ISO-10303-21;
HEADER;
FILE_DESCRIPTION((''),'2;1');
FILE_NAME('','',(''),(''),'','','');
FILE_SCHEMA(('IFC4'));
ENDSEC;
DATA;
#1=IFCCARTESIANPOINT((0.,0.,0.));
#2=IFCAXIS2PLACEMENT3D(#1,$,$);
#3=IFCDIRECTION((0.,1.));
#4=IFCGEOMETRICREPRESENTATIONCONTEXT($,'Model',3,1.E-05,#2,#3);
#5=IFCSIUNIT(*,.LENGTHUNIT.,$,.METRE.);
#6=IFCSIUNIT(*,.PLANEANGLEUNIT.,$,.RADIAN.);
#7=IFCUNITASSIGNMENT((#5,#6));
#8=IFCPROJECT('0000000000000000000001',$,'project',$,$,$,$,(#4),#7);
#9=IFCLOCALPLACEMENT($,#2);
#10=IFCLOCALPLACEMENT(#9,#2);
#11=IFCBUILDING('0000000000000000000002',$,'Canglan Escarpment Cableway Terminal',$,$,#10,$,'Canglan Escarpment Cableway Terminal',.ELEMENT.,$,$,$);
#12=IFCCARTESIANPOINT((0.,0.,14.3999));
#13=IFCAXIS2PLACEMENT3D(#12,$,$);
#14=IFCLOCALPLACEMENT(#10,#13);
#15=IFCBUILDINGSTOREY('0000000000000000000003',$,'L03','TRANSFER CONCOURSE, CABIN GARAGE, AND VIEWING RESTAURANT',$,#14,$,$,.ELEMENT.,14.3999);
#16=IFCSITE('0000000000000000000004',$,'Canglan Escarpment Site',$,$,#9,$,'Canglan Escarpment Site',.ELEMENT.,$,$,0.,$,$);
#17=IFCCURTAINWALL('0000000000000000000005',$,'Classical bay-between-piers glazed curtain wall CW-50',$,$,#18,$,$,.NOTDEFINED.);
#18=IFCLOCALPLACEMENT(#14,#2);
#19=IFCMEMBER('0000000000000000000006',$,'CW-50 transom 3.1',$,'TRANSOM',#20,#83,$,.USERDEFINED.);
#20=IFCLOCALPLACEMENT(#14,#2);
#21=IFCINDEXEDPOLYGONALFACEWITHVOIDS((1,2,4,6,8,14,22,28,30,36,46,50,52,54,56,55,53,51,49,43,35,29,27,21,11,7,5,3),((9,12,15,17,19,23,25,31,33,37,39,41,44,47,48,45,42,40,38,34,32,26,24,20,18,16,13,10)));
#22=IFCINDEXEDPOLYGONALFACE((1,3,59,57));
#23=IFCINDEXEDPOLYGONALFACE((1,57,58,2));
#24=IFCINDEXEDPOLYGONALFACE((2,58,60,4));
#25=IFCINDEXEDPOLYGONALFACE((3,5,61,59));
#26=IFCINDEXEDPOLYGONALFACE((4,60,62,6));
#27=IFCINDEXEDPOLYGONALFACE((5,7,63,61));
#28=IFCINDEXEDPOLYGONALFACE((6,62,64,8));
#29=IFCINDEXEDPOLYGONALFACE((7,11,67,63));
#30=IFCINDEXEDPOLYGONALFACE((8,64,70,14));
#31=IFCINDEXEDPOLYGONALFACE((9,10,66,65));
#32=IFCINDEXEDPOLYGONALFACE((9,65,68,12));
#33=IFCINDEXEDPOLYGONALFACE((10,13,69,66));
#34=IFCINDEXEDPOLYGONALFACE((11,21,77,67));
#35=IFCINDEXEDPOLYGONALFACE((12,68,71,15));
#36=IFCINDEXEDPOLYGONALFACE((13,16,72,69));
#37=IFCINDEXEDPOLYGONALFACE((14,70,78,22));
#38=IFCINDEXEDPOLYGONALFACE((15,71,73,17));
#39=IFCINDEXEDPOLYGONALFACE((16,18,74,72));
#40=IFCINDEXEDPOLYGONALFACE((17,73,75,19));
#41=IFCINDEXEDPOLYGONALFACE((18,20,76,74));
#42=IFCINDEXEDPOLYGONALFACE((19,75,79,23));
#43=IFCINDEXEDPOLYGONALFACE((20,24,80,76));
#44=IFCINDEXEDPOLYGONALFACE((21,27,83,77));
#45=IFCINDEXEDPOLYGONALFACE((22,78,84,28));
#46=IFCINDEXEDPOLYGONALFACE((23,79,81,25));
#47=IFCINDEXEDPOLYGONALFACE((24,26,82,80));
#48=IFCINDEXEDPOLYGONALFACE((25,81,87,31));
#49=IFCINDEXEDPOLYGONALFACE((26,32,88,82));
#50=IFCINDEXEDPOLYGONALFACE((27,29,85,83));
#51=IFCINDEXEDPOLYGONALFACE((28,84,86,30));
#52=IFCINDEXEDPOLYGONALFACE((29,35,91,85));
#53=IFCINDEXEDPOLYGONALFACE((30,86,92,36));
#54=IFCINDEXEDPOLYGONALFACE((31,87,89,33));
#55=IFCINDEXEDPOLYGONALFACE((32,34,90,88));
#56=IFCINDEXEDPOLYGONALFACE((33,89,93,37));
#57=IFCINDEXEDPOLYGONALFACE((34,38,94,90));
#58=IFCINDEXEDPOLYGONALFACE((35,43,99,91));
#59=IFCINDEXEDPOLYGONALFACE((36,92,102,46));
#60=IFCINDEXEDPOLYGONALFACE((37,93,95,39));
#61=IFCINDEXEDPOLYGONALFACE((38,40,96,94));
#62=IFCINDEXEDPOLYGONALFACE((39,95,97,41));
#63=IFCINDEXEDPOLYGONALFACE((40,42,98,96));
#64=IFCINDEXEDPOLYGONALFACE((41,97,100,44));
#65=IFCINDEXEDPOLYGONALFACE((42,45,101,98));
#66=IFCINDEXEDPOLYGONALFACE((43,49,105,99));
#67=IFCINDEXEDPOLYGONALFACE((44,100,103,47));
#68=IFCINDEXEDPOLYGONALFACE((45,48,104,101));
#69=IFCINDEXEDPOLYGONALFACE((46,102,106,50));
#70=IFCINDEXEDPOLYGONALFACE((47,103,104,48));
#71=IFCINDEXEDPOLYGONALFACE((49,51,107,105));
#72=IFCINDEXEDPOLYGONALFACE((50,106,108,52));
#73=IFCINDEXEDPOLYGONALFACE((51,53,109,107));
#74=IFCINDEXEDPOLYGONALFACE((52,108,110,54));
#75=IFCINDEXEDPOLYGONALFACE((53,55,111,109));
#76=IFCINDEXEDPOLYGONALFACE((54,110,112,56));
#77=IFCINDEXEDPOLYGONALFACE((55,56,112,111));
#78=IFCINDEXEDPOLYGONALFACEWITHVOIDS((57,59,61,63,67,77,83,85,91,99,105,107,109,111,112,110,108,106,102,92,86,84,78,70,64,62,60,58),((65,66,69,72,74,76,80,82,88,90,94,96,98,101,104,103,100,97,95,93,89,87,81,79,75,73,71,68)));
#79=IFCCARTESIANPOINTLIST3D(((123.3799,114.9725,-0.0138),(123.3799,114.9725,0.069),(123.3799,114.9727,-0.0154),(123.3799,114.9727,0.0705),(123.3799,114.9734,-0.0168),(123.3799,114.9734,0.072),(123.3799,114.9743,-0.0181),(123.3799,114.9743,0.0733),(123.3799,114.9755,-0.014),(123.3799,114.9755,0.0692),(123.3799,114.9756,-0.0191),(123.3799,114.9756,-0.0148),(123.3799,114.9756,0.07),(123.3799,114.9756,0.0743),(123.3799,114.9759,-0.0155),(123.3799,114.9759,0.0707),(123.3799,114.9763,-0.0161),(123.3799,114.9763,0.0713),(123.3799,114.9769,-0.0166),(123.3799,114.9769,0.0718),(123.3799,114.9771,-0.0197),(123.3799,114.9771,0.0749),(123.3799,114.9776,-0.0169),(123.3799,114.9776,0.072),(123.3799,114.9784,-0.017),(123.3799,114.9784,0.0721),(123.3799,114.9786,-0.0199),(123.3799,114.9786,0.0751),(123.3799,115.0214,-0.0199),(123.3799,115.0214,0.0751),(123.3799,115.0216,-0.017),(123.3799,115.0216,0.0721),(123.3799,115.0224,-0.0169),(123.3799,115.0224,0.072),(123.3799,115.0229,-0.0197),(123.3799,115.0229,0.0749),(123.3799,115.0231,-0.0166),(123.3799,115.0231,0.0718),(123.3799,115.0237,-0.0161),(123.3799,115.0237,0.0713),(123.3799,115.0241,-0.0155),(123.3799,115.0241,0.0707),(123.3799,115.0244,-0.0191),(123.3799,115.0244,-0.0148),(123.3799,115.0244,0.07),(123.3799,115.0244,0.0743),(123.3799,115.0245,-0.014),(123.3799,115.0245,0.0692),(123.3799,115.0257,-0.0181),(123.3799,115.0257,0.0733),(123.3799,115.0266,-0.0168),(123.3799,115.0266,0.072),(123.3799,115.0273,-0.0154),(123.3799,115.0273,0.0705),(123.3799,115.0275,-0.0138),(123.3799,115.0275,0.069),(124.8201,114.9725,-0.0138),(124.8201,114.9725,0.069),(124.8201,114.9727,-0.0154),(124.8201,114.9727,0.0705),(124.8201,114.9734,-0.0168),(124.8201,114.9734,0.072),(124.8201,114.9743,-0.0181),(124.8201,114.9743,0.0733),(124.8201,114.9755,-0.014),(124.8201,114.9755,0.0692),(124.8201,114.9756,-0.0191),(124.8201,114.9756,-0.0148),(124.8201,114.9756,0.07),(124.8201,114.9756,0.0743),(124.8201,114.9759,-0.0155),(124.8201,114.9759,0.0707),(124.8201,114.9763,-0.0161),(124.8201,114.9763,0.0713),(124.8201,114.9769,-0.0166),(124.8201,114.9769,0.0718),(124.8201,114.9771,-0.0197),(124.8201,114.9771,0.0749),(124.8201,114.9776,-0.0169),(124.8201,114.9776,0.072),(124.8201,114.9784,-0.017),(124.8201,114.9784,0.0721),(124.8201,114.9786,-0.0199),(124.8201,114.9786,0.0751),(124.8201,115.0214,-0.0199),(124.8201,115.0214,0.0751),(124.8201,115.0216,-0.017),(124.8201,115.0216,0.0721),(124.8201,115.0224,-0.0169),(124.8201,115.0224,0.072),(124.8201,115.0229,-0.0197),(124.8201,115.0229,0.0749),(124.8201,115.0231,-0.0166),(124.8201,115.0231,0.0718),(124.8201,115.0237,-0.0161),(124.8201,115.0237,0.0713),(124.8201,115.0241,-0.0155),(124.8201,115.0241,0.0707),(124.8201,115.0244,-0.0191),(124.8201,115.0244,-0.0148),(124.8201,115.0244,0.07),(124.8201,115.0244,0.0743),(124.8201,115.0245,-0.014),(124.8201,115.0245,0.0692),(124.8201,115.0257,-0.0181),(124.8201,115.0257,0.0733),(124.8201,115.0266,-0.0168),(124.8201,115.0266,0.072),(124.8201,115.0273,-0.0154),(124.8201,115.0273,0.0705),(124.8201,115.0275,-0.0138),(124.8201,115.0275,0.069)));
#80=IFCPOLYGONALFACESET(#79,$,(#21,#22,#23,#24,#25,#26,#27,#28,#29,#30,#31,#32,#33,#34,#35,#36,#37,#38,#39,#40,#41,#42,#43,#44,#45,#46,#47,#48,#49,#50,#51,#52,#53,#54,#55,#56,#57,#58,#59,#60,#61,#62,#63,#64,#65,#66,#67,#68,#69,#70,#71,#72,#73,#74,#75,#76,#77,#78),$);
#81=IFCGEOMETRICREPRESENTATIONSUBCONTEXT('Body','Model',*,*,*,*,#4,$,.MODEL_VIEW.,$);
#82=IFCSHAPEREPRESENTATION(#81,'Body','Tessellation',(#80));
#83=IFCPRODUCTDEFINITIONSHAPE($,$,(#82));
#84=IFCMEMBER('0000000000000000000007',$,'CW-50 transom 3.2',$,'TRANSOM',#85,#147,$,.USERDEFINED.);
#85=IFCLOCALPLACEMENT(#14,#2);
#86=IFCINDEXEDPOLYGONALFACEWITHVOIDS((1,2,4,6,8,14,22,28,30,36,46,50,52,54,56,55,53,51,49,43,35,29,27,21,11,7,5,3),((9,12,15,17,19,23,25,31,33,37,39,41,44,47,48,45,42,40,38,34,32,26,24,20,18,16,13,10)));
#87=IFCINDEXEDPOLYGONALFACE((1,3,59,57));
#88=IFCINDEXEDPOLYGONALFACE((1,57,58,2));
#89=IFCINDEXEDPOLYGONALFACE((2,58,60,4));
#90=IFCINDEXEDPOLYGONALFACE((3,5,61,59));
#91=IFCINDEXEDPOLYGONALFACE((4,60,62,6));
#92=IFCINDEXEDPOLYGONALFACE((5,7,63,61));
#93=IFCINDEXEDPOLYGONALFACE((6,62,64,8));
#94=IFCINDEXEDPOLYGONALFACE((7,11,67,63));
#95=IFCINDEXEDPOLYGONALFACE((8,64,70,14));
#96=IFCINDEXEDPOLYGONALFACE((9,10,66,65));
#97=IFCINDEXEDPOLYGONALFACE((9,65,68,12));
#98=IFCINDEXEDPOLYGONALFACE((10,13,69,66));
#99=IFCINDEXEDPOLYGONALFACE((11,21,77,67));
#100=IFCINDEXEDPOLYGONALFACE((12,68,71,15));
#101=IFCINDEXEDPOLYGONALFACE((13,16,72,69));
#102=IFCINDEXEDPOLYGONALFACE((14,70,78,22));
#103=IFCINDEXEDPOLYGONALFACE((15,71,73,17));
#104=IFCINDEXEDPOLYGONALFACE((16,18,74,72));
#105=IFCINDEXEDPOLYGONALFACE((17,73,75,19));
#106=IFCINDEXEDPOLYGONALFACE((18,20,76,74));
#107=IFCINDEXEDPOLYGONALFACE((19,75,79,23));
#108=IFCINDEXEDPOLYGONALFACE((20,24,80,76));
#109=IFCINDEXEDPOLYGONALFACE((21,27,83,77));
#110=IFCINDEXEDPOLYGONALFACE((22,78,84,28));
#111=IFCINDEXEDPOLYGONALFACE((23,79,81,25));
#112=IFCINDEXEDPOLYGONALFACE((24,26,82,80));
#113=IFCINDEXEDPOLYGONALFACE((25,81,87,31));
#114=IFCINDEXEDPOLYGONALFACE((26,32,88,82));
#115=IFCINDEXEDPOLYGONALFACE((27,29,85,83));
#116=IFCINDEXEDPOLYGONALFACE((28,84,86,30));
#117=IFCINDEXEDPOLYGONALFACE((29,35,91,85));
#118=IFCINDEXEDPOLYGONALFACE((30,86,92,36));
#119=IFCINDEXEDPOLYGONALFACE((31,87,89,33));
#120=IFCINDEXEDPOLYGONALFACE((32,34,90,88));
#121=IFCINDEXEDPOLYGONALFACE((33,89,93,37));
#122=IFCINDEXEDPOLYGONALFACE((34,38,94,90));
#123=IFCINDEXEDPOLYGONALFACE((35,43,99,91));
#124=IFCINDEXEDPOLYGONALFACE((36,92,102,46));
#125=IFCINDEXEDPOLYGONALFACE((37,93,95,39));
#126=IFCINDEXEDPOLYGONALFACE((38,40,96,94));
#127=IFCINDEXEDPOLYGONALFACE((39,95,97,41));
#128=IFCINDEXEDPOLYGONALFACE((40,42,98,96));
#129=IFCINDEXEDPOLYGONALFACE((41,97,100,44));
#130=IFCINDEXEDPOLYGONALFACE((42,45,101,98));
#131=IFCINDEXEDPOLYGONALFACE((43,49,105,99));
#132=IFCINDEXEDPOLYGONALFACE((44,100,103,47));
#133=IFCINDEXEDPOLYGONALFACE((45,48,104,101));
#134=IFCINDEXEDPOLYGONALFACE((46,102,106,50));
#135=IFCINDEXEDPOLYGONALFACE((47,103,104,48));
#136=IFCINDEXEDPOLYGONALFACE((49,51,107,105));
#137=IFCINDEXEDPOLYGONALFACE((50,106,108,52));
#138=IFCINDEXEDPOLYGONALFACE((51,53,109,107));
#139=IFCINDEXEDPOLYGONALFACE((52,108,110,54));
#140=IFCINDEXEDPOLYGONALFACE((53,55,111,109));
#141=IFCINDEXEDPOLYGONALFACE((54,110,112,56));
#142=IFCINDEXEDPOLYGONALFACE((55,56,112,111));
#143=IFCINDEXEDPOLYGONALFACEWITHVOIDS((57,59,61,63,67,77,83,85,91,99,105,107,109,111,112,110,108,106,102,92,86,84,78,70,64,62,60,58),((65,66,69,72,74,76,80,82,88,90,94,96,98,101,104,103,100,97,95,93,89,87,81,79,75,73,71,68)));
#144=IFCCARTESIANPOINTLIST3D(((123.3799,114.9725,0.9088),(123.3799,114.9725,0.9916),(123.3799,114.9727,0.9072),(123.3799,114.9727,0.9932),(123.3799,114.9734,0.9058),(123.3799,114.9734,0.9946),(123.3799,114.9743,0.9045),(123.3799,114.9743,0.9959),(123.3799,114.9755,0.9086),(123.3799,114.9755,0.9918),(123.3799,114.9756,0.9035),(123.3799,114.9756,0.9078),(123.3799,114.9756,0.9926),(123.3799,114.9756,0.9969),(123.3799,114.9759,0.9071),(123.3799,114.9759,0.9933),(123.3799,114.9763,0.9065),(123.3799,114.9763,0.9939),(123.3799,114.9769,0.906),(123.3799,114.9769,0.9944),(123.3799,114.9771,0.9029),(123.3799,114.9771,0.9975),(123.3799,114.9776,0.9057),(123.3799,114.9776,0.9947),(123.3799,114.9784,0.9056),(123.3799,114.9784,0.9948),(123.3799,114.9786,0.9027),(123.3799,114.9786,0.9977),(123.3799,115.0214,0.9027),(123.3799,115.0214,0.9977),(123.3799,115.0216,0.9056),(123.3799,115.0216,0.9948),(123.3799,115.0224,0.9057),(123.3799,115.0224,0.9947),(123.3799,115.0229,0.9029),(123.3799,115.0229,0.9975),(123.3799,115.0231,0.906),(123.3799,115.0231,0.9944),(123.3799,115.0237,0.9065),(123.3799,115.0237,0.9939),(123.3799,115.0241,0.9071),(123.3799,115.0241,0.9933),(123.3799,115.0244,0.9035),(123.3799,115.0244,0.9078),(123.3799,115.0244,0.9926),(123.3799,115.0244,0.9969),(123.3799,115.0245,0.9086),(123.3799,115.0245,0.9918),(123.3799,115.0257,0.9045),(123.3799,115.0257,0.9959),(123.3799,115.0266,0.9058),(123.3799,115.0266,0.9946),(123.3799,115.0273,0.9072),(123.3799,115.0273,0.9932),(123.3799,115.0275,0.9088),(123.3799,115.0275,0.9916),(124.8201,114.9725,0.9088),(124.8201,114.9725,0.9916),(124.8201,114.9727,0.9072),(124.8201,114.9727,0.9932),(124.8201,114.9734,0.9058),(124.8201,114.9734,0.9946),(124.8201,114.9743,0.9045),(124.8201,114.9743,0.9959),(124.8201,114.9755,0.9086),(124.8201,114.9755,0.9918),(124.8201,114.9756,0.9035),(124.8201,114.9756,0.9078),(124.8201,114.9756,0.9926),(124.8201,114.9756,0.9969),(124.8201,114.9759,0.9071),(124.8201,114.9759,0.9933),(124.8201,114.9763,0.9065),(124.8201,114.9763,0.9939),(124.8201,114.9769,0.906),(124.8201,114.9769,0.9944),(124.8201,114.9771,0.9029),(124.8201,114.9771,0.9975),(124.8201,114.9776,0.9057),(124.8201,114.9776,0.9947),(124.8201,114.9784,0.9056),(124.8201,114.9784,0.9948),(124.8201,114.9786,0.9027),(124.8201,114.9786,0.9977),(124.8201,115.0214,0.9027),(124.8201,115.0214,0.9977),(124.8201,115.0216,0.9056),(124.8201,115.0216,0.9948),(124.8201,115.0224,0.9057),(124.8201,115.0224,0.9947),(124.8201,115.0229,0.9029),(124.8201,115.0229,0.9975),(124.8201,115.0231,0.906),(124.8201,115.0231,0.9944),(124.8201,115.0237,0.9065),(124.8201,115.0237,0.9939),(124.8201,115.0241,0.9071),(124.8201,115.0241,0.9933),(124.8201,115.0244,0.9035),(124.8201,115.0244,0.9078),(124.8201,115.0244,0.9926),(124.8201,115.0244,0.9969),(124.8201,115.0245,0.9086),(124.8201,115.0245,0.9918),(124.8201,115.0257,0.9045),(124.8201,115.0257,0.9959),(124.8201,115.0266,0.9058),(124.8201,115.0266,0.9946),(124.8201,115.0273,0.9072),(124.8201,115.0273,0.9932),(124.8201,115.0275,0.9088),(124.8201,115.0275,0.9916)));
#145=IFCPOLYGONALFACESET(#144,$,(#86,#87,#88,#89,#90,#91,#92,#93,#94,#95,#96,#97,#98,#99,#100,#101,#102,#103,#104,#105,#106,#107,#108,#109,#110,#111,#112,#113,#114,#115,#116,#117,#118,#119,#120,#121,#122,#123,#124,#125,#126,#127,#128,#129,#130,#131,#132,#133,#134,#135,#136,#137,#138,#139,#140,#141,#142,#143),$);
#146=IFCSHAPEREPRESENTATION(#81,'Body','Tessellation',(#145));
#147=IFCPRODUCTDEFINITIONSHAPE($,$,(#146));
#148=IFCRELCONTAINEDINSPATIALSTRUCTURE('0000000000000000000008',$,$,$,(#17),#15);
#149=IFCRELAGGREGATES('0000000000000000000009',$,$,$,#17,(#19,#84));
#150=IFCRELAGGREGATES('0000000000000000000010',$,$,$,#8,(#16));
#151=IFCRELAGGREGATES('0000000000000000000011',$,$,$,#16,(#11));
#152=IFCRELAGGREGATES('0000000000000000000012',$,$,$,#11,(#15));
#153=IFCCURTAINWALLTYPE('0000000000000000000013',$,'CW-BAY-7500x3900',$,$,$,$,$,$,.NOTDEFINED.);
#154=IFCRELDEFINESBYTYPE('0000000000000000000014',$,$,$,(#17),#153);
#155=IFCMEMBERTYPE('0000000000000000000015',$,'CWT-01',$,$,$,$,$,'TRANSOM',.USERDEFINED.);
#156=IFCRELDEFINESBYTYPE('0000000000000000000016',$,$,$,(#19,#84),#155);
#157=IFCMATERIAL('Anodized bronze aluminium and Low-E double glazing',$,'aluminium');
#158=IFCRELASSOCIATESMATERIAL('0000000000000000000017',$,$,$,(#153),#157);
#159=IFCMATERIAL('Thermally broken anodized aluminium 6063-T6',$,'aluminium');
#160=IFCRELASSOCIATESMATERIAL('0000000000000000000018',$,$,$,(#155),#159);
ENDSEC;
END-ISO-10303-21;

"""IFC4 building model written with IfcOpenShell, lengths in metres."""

from ifc_helpers import new_model, si_unit, direction, frame, origin, origin_2d, place, context, subcontext, project, spatial, hollow_rectangle, extrude, material, material_profile, profile_set, type_object, element, aggregate, save


model = new_model("IFC4")

# Units and contexts
model_context = context("Model", 3, precision=1e-05, world=origin(), true_north=direction((0.0, 1.0)))
body_context = subcontext(model_context, "Body", "Model", "MODEL_VIEW")
ifc_project = project(units=[si_unit("LENGTHUNIT", "METRE"), si_unit("PLANEANGLEUNIT", "RADIAN")], contexts=[model_context])

# Site, building, storey
site_placement = place(None, origin())
site = spatial("IfcSite", under=ifc_project, at=site_placement, Name="Canglan Escarpment Site", LongName="Canglan Escarpment Site", CompositionType="ELEMENT", RefElevation=0.0)
building_placement = place(site_placement, origin())
building = spatial("IfcBuilding", under=site, at=building_placement, Name="Canglan Escarpment Cableway Terminal", LongName="Canglan Escarpment Cableway Terminal", CompositionType="ELEMENT")
storey_placement = place(building_placement, frame((0.0, 0.0, 14.3999)))
storey = spatial("IfcBuildingStorey", under=building, at=storey_placement, Name="L03", Description="TRANSFER CONCOURSE, CABIN GARAGE, AND VIEWING RESTAURANT", CompositionType="ELEMENT", Elevation=14.3999)

# Curtain wall, members
ifc_material_1 = material(Name="Anodized bronze aluminium and Low-E double glazing", Category="aluminium")
curtain_wall_type = type_object("IfcCurtainWallType", Name="CW-BAY-7500x3900", PredefinedType="NOTDEFINED", material=ifc_material_1)
curtain_wall_placement = place(storey_placement, origin())
curtain_wall = element("IfcCurtainWall", 1, at=curtain_wall_placement, inside=storey, type_object=curtain_wall_type, Name="Classical bay-between-piers glazed curtain wall CW-50", PredefinedType="NOTDEFINED")
ifc_material_2 = material(Name="Thermally broken anodized aluminium 6063-T6", Category="aluminium")
ifc_material_profile_1 = material_profile(ifc_material_2, hollow_rectangle(XDim=0.0549, YDim=0.095, WallThickness=0.0029, InnerFilletRadius=0.0029, OuterFilletRadius=0.0061, at=origin_2d()), Name="ALU-TRAN 55x95x3")
ifc_profile_set_1 = profile_set([ifc_material_profile_1], Name="Thermally broken anodized aluminium 6063-T6")
member_type_1 = type_object("IfcMemberType", Name="CWT-01", ElementType="TRANSOM", PredefinedType="USERDEFINED", material=ifc_profile_set_1)
member_1_placement = place(storey_placement, frame((124.8201, 115.0, 0.0276), z_axis=(-1.0, 0.0, 0.0), x_axis=(0.0, -1.0, 0.0)))
member_1 = element("IfcMember", 2, at=member_1_placement, type_object=member_type_1, Name="CW-50 transom 3.1", ObjectType="TRANSOM", PredefinedType="USERDEFINED", context=body_context, shape_type="SweptSolid", body=[
    extrude(hollow_rectangle(XDim=0.0549, YDim=0.095, WallThickness=0.0029, InnerFilletRadius=0.0029, OuterFilletRadius=0.0061, at=origin_2d()), origin(), (0.0, 0.0, 1.0), 1.4402),
])
member_2_placement = place(storey_placement, frame((124.8201, 115.0, 0.9502), z_axis=(-1.0, 0.0, 0.0), x_axis=(0.0, -1.0, 0.0)))
member_2 = element("IfcMember", 3, at=member_2_placement, type_object=member_type_1, Name="CW-50 transom 3.2", ObjectType="TRANSOM", PredefinedType="USERDEFINED", context=body_context, shape_type="SweptSolid", body=[
    extrude(hollow_rectangle(XDim=0.0549, YDim=0.095, WallThickness=0.0029, InnerFilletRadius=0.0029, OuterFilletRadius=0.0061, at=origin_2d()), origin(), (0.0, 0.0, 1.0), 1.4402),
])
aggregate(curtain_wall, [member_1, member_2])

save(model, "model.ifc")
